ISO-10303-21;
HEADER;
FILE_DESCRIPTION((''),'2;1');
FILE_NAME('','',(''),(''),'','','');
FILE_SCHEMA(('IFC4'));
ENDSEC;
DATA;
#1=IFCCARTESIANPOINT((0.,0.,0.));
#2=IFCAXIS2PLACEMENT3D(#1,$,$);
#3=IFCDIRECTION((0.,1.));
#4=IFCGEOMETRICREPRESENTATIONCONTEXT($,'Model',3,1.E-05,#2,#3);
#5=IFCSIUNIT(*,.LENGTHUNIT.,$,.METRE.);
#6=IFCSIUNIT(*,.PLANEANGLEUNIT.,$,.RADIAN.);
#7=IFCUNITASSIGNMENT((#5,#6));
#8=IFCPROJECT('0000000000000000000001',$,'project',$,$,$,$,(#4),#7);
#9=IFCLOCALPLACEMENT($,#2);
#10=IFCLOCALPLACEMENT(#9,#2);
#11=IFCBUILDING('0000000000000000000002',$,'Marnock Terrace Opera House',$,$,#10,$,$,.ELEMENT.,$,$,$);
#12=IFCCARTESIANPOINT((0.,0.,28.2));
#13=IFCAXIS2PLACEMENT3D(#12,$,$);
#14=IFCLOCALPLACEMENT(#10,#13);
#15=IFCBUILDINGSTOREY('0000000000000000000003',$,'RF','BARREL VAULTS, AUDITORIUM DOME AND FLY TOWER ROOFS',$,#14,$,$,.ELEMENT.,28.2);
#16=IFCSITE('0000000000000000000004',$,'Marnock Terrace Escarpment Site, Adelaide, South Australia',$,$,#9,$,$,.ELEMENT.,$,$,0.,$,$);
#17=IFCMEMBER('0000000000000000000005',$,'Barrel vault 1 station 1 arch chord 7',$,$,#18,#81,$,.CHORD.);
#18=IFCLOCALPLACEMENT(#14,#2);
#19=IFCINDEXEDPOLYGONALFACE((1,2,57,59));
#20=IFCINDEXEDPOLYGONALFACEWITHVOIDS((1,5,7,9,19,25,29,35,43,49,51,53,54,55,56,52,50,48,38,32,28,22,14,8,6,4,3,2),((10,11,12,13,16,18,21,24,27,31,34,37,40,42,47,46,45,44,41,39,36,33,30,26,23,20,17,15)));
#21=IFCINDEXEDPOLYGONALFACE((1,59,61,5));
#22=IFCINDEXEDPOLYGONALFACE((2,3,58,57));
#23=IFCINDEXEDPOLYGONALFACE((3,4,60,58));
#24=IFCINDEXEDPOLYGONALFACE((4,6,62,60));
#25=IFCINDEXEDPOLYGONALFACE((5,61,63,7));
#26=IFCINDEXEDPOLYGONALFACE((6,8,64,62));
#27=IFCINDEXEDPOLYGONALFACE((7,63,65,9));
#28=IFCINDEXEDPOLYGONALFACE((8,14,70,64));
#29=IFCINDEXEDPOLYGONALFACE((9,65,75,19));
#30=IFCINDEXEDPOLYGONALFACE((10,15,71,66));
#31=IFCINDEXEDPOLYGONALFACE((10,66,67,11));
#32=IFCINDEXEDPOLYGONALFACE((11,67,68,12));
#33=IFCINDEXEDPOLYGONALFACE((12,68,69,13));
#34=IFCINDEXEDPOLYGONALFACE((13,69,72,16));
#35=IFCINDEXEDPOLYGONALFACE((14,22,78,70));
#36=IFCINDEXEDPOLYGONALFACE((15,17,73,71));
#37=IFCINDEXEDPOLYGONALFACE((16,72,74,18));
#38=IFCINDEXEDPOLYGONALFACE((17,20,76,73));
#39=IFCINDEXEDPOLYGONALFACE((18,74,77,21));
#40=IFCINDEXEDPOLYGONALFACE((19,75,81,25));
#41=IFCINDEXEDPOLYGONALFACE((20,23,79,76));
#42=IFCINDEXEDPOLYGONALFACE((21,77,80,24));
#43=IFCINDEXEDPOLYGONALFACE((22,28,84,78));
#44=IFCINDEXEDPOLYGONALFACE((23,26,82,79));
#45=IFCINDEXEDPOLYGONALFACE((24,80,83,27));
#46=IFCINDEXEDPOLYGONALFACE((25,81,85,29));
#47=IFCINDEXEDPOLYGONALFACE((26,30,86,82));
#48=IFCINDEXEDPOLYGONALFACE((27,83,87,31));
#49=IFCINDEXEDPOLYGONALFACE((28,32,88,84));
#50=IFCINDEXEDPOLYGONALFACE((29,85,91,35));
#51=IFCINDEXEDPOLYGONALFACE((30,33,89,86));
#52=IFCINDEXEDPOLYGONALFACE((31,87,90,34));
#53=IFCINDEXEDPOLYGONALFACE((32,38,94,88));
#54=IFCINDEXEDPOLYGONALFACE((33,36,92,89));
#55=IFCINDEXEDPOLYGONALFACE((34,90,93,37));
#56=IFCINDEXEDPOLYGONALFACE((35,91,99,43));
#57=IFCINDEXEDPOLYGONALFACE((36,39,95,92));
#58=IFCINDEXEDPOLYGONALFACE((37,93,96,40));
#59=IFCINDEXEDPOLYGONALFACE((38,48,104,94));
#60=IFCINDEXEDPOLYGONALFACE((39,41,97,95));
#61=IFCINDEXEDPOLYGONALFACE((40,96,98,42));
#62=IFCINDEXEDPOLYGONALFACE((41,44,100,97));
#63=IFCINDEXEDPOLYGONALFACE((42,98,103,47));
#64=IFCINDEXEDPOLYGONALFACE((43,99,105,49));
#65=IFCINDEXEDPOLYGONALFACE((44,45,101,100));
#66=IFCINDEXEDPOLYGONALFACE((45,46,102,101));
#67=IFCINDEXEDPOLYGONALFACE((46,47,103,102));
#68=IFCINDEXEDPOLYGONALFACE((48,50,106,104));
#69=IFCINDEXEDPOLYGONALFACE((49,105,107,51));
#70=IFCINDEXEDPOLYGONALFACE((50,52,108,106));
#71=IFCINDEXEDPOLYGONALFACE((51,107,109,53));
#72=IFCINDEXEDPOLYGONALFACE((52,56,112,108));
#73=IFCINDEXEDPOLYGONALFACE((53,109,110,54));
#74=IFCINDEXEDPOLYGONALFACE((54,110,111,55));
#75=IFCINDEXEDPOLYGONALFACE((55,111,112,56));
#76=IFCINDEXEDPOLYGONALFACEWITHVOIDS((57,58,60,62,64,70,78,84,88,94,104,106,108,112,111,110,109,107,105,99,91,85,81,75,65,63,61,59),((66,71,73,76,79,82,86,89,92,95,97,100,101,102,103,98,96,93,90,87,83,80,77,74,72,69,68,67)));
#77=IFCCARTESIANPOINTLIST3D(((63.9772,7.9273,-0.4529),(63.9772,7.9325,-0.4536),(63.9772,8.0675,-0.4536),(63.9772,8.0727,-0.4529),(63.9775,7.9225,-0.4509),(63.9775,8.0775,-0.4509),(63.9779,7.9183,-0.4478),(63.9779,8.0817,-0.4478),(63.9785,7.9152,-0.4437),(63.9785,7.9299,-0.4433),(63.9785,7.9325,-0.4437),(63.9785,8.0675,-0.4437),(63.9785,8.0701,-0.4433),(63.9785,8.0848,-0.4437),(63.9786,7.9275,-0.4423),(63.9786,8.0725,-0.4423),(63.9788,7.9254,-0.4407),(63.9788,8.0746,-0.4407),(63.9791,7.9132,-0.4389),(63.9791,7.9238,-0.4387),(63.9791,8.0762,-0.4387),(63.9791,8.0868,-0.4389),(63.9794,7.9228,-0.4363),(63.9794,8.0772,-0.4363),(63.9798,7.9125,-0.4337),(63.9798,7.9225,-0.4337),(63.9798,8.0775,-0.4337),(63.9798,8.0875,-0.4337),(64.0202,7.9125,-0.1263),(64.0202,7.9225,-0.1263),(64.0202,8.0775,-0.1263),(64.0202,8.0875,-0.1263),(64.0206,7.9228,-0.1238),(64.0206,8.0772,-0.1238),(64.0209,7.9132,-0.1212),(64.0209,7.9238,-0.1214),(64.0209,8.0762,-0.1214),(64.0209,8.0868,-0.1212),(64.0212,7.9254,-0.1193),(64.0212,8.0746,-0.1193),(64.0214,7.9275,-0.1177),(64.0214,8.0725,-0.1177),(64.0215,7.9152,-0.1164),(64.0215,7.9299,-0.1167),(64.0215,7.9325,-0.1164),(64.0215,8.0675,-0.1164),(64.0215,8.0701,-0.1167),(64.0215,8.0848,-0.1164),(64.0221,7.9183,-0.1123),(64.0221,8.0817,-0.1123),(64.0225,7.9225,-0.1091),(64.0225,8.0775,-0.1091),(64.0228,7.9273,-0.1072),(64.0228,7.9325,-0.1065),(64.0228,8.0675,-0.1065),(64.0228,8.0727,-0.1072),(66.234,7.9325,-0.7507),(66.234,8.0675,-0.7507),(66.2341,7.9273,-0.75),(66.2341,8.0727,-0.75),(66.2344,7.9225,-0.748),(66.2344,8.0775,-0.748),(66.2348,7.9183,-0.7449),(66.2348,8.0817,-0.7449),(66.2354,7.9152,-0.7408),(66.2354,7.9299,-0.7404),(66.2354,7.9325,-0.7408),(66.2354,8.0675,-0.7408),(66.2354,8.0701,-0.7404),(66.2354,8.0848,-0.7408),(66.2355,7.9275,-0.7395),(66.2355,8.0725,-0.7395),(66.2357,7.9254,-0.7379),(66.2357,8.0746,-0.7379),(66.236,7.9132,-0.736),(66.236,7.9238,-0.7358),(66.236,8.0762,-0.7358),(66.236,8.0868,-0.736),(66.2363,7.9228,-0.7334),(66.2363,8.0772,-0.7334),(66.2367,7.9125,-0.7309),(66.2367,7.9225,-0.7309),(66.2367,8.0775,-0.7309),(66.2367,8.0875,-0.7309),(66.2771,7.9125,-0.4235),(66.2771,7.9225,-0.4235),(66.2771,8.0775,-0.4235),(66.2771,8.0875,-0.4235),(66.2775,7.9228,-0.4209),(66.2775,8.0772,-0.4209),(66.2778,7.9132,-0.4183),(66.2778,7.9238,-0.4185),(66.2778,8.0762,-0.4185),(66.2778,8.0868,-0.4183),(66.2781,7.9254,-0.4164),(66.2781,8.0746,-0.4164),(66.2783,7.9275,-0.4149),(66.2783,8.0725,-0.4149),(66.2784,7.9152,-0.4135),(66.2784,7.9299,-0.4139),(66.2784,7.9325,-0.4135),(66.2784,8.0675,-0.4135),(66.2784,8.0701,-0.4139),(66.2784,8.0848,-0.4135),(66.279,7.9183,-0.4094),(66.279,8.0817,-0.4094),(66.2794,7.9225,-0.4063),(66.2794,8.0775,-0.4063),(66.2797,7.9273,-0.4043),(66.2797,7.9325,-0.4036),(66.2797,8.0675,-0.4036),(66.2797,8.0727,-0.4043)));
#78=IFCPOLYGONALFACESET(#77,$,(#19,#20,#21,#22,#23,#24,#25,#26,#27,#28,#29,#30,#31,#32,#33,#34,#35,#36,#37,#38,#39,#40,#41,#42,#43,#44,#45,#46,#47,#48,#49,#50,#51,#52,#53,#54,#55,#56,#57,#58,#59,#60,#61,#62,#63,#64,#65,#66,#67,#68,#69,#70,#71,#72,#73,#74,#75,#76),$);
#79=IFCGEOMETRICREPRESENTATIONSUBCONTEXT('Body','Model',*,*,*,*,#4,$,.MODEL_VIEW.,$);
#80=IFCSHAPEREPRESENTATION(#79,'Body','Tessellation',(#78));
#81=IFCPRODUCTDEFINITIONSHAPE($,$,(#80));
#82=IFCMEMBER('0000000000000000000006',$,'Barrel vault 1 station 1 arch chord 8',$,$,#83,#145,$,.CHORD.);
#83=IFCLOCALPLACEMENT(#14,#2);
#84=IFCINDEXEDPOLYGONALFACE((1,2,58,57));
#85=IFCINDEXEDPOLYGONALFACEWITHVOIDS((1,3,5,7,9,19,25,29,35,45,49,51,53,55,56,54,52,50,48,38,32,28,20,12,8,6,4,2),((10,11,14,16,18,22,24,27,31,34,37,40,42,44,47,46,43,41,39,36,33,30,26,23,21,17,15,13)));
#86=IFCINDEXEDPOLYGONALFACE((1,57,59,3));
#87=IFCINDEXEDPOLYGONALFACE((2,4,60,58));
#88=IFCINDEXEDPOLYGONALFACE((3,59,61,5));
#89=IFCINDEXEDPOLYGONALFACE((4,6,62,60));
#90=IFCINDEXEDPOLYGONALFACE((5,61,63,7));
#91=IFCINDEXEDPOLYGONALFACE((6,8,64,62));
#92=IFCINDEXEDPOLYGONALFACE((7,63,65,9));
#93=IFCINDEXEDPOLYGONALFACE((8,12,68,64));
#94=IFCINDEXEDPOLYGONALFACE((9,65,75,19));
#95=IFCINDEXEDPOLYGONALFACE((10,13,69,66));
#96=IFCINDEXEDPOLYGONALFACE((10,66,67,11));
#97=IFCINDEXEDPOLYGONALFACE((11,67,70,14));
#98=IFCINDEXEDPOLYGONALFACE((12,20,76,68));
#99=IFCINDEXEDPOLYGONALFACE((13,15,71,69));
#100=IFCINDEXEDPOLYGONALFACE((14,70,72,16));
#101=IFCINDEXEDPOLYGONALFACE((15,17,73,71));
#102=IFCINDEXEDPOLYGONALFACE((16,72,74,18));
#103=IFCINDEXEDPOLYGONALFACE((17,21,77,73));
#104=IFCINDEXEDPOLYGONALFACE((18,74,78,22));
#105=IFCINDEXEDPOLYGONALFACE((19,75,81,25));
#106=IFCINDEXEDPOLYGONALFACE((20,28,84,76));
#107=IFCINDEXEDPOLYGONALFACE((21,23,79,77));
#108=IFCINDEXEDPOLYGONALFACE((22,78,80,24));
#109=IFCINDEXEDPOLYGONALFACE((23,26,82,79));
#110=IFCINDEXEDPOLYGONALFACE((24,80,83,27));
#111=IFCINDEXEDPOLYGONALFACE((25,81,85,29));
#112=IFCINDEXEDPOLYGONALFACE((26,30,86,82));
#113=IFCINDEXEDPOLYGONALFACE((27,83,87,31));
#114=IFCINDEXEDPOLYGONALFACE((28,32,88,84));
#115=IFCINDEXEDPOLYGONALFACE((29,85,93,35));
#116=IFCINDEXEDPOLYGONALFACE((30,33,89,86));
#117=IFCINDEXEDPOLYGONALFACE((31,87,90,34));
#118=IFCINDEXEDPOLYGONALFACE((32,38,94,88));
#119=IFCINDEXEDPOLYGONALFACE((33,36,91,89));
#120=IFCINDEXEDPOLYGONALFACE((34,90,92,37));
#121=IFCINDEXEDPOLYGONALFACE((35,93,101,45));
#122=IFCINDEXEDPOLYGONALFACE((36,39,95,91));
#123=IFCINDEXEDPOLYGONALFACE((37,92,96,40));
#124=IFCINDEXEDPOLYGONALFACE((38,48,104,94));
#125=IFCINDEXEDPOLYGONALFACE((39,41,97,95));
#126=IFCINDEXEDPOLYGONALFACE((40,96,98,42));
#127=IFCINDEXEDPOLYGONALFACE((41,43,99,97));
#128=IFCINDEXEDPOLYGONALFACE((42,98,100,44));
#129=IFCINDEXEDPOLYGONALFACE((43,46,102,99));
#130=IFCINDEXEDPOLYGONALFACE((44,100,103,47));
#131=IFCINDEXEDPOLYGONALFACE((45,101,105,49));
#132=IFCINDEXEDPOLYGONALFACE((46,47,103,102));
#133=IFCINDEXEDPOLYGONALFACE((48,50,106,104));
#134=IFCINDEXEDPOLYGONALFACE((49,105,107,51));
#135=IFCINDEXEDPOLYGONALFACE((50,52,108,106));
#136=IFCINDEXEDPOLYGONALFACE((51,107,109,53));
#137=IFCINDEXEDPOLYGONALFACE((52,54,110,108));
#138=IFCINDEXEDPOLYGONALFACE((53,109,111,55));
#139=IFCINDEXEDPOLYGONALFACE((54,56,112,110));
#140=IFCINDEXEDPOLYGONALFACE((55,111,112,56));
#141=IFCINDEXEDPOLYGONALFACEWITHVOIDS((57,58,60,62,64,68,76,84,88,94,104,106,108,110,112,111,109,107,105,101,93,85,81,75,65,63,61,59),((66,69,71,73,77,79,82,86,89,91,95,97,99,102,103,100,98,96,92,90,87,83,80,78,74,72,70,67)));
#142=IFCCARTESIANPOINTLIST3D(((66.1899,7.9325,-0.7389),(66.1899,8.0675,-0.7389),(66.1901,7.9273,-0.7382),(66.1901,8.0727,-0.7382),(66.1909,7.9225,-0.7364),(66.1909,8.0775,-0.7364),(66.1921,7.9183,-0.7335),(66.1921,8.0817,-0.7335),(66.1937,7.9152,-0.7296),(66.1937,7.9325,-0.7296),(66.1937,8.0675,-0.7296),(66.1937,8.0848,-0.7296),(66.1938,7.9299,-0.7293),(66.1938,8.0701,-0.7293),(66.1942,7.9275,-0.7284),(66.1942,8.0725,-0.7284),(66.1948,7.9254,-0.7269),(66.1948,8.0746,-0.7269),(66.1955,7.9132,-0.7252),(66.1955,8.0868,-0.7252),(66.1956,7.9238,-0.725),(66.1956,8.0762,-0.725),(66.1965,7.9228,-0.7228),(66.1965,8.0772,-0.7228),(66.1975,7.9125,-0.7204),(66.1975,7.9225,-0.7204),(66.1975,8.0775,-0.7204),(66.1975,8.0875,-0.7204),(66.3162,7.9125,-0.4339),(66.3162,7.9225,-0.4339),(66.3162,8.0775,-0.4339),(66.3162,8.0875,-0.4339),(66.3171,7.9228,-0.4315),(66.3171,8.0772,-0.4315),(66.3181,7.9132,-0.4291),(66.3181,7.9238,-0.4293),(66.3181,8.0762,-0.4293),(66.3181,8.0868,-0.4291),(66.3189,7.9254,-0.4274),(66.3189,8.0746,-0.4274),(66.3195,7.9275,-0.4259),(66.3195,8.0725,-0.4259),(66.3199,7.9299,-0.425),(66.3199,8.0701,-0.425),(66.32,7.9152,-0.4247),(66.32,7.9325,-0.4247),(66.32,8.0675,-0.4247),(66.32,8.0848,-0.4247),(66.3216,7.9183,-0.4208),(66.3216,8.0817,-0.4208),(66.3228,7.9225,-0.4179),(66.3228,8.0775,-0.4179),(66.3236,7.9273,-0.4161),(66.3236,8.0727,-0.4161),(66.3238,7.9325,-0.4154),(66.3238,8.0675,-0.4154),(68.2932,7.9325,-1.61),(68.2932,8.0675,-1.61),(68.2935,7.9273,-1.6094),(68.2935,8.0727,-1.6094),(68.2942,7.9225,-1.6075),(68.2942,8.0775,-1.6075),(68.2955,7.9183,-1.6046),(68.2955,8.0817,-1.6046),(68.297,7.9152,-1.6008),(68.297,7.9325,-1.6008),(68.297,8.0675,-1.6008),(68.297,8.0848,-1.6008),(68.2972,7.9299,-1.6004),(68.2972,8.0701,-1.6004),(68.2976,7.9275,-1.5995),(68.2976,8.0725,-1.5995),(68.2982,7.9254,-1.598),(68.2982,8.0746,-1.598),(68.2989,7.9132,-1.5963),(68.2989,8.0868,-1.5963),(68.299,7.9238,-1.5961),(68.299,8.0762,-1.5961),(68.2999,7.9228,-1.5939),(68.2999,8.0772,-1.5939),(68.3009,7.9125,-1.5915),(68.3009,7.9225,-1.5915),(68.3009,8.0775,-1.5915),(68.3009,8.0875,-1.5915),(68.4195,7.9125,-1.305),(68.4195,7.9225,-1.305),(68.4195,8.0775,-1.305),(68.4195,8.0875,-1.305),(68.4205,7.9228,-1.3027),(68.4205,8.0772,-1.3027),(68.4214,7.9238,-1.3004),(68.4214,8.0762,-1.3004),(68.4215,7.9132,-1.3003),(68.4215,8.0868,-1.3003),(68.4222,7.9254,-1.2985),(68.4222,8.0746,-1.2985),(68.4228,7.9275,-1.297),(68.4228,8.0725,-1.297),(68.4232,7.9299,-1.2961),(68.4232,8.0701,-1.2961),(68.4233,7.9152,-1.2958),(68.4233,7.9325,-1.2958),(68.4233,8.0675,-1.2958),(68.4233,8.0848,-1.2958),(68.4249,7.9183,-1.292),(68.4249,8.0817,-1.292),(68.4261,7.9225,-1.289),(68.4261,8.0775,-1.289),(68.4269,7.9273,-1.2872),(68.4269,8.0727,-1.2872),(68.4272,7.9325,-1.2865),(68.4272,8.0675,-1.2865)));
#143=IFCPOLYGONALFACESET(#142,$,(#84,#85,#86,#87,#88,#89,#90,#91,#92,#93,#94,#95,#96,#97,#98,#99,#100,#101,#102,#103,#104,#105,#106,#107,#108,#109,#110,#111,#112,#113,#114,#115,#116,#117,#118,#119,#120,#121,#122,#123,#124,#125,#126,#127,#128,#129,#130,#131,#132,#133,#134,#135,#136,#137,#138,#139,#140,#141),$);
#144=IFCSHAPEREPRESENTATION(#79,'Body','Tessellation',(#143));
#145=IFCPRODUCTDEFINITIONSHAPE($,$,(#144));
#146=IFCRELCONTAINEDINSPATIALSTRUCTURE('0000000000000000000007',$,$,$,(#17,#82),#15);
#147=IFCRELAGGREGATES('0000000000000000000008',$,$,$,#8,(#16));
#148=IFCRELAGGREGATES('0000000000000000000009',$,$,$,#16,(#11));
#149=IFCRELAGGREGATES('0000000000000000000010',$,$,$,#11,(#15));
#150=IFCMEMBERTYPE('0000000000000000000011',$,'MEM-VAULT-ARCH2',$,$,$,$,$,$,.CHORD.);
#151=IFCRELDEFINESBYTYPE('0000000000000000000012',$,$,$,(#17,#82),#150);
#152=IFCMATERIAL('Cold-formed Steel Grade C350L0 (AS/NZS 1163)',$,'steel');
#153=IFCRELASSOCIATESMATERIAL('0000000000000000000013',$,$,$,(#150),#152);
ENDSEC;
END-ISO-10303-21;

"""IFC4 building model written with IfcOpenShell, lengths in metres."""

from ifc_helpers import new_model, si_unit, direction, frame, origin, origin_2d, place, context, subcontext, project, spatial, hollow_rectangle, extrude, material, material_profile, profile_set, type_object, element, save


model = new_model("IFC4")

# Units and contexts
model_context = context("Model", 3, precision=1e-05, world=origin(), true_north=direction((0.0, 1.0)))
body_context = subcontext(model_context, "Body", "Model", "MODEL_VIEW")
ifc_project = project(units=[si_unit("LENGTHUNIT", "METRE"), si_unit("PLANEANGLEUNIT", "RADIAN")], contexts=[model_context])

# Site, building, storey
site_placement = place(None, origin())
site = spatial("IfcSite", under=ifc_project, at=site_placement, Name="Marnock Terrace Escarpment Site, Adelaide, South Australia", CompositionType="ELEMENT", RefElevation=0.0)
building_placement = place(site_placement, origin())
building = spatial("IfcBuilding", under=site, at=building_placement, Name="Marnock Terrace Opera House", CompositionType="ELEMENT")
storey_placement = place(building_placement, frame((0.0, 0.0, 28.2)))
storey = spatial("IfcBuildingStorey", under=building, at=storey_placement, Name="RF", Description="BARREL VAULTS, AUDITORIUM DOME AND FLY TOWER ROOFS", CompositionType="ELEMENT", Elevation=28.2)

# Members
ifc_material_1 = material(Name="Cold-formed Steel Grade C350L0 (AS/NZS 1163)", Category="steel")
ifc_material_profile_1 = material_profile(ifc_material_1, hollow_rectangle(XDim=0.175, YDim=0.3501, WallThickness=0.01, InnerFilletRadius=0.01, OuterFilletRadius=0.02, at=origin_2d()))
ifc_profile_set_1 = profile_set([ifc_material_profile_1], Name="Cold-formed Steel Grade C350L0 (AS/NZS 1163)")
member_type_1 = type_object("IfcMemberType", Name="MEM-VAULT-ARCH2", PredefinedType="CHORD", material=ifc_profile_set_1)
for number, where, z_axis, x_axis, name in (
    (1, (64.0, 8.0, -0.28), (0.991445, 0.0, -0.130527), (0.0, 1.0, 0.0), "Barrel vault 1 station 1 arch chord 7"),
):
    element("IfcMember", number, at=place(storey_placement, frame(where, z_axis=z_axis, x_axis=x_axis)), inside=storey, type_object=member_type_1, Name=name, PredefinedType="CHORD", context=body_context, shape_type="SweptSolid", body=[
        extrude(hollow_rectangle(XDim=0.175, YDim=0.3501, WallThickness=0.01, InnerFilletRadius=0.01, OuterFilletRadius=0.02, at=origin_2d()), origin(), (0.0, 0.0, 1.0), 2.2764),
    ])
member_1_placement = place(storey_placement, frame((66.2568, 8.0, -0.5771), z_axis=(0.923897, 0.0, -0.382642), x_axis=(0.0, 1.0, 0.0)))
element("IfcMember", 2, at=member_1_placement, inside=storey, type_object=member_type_1, Name="Barrel vault 1 station 1 arch chord 8", PredefinedType="CHORD", context=body_context, shape_type="SweptSolid", body=[
    extrude(hollow_rectangle(XDim=0.175, YDim=0.3501, WallThickness=0.01, InnerFilletRadius=0.01, OuterFilletRadius=0.02, at=origin_2d()), origin(), (0.0, 0.0, 1.0), 2.2766),
])

save(model, "model.ifc")
